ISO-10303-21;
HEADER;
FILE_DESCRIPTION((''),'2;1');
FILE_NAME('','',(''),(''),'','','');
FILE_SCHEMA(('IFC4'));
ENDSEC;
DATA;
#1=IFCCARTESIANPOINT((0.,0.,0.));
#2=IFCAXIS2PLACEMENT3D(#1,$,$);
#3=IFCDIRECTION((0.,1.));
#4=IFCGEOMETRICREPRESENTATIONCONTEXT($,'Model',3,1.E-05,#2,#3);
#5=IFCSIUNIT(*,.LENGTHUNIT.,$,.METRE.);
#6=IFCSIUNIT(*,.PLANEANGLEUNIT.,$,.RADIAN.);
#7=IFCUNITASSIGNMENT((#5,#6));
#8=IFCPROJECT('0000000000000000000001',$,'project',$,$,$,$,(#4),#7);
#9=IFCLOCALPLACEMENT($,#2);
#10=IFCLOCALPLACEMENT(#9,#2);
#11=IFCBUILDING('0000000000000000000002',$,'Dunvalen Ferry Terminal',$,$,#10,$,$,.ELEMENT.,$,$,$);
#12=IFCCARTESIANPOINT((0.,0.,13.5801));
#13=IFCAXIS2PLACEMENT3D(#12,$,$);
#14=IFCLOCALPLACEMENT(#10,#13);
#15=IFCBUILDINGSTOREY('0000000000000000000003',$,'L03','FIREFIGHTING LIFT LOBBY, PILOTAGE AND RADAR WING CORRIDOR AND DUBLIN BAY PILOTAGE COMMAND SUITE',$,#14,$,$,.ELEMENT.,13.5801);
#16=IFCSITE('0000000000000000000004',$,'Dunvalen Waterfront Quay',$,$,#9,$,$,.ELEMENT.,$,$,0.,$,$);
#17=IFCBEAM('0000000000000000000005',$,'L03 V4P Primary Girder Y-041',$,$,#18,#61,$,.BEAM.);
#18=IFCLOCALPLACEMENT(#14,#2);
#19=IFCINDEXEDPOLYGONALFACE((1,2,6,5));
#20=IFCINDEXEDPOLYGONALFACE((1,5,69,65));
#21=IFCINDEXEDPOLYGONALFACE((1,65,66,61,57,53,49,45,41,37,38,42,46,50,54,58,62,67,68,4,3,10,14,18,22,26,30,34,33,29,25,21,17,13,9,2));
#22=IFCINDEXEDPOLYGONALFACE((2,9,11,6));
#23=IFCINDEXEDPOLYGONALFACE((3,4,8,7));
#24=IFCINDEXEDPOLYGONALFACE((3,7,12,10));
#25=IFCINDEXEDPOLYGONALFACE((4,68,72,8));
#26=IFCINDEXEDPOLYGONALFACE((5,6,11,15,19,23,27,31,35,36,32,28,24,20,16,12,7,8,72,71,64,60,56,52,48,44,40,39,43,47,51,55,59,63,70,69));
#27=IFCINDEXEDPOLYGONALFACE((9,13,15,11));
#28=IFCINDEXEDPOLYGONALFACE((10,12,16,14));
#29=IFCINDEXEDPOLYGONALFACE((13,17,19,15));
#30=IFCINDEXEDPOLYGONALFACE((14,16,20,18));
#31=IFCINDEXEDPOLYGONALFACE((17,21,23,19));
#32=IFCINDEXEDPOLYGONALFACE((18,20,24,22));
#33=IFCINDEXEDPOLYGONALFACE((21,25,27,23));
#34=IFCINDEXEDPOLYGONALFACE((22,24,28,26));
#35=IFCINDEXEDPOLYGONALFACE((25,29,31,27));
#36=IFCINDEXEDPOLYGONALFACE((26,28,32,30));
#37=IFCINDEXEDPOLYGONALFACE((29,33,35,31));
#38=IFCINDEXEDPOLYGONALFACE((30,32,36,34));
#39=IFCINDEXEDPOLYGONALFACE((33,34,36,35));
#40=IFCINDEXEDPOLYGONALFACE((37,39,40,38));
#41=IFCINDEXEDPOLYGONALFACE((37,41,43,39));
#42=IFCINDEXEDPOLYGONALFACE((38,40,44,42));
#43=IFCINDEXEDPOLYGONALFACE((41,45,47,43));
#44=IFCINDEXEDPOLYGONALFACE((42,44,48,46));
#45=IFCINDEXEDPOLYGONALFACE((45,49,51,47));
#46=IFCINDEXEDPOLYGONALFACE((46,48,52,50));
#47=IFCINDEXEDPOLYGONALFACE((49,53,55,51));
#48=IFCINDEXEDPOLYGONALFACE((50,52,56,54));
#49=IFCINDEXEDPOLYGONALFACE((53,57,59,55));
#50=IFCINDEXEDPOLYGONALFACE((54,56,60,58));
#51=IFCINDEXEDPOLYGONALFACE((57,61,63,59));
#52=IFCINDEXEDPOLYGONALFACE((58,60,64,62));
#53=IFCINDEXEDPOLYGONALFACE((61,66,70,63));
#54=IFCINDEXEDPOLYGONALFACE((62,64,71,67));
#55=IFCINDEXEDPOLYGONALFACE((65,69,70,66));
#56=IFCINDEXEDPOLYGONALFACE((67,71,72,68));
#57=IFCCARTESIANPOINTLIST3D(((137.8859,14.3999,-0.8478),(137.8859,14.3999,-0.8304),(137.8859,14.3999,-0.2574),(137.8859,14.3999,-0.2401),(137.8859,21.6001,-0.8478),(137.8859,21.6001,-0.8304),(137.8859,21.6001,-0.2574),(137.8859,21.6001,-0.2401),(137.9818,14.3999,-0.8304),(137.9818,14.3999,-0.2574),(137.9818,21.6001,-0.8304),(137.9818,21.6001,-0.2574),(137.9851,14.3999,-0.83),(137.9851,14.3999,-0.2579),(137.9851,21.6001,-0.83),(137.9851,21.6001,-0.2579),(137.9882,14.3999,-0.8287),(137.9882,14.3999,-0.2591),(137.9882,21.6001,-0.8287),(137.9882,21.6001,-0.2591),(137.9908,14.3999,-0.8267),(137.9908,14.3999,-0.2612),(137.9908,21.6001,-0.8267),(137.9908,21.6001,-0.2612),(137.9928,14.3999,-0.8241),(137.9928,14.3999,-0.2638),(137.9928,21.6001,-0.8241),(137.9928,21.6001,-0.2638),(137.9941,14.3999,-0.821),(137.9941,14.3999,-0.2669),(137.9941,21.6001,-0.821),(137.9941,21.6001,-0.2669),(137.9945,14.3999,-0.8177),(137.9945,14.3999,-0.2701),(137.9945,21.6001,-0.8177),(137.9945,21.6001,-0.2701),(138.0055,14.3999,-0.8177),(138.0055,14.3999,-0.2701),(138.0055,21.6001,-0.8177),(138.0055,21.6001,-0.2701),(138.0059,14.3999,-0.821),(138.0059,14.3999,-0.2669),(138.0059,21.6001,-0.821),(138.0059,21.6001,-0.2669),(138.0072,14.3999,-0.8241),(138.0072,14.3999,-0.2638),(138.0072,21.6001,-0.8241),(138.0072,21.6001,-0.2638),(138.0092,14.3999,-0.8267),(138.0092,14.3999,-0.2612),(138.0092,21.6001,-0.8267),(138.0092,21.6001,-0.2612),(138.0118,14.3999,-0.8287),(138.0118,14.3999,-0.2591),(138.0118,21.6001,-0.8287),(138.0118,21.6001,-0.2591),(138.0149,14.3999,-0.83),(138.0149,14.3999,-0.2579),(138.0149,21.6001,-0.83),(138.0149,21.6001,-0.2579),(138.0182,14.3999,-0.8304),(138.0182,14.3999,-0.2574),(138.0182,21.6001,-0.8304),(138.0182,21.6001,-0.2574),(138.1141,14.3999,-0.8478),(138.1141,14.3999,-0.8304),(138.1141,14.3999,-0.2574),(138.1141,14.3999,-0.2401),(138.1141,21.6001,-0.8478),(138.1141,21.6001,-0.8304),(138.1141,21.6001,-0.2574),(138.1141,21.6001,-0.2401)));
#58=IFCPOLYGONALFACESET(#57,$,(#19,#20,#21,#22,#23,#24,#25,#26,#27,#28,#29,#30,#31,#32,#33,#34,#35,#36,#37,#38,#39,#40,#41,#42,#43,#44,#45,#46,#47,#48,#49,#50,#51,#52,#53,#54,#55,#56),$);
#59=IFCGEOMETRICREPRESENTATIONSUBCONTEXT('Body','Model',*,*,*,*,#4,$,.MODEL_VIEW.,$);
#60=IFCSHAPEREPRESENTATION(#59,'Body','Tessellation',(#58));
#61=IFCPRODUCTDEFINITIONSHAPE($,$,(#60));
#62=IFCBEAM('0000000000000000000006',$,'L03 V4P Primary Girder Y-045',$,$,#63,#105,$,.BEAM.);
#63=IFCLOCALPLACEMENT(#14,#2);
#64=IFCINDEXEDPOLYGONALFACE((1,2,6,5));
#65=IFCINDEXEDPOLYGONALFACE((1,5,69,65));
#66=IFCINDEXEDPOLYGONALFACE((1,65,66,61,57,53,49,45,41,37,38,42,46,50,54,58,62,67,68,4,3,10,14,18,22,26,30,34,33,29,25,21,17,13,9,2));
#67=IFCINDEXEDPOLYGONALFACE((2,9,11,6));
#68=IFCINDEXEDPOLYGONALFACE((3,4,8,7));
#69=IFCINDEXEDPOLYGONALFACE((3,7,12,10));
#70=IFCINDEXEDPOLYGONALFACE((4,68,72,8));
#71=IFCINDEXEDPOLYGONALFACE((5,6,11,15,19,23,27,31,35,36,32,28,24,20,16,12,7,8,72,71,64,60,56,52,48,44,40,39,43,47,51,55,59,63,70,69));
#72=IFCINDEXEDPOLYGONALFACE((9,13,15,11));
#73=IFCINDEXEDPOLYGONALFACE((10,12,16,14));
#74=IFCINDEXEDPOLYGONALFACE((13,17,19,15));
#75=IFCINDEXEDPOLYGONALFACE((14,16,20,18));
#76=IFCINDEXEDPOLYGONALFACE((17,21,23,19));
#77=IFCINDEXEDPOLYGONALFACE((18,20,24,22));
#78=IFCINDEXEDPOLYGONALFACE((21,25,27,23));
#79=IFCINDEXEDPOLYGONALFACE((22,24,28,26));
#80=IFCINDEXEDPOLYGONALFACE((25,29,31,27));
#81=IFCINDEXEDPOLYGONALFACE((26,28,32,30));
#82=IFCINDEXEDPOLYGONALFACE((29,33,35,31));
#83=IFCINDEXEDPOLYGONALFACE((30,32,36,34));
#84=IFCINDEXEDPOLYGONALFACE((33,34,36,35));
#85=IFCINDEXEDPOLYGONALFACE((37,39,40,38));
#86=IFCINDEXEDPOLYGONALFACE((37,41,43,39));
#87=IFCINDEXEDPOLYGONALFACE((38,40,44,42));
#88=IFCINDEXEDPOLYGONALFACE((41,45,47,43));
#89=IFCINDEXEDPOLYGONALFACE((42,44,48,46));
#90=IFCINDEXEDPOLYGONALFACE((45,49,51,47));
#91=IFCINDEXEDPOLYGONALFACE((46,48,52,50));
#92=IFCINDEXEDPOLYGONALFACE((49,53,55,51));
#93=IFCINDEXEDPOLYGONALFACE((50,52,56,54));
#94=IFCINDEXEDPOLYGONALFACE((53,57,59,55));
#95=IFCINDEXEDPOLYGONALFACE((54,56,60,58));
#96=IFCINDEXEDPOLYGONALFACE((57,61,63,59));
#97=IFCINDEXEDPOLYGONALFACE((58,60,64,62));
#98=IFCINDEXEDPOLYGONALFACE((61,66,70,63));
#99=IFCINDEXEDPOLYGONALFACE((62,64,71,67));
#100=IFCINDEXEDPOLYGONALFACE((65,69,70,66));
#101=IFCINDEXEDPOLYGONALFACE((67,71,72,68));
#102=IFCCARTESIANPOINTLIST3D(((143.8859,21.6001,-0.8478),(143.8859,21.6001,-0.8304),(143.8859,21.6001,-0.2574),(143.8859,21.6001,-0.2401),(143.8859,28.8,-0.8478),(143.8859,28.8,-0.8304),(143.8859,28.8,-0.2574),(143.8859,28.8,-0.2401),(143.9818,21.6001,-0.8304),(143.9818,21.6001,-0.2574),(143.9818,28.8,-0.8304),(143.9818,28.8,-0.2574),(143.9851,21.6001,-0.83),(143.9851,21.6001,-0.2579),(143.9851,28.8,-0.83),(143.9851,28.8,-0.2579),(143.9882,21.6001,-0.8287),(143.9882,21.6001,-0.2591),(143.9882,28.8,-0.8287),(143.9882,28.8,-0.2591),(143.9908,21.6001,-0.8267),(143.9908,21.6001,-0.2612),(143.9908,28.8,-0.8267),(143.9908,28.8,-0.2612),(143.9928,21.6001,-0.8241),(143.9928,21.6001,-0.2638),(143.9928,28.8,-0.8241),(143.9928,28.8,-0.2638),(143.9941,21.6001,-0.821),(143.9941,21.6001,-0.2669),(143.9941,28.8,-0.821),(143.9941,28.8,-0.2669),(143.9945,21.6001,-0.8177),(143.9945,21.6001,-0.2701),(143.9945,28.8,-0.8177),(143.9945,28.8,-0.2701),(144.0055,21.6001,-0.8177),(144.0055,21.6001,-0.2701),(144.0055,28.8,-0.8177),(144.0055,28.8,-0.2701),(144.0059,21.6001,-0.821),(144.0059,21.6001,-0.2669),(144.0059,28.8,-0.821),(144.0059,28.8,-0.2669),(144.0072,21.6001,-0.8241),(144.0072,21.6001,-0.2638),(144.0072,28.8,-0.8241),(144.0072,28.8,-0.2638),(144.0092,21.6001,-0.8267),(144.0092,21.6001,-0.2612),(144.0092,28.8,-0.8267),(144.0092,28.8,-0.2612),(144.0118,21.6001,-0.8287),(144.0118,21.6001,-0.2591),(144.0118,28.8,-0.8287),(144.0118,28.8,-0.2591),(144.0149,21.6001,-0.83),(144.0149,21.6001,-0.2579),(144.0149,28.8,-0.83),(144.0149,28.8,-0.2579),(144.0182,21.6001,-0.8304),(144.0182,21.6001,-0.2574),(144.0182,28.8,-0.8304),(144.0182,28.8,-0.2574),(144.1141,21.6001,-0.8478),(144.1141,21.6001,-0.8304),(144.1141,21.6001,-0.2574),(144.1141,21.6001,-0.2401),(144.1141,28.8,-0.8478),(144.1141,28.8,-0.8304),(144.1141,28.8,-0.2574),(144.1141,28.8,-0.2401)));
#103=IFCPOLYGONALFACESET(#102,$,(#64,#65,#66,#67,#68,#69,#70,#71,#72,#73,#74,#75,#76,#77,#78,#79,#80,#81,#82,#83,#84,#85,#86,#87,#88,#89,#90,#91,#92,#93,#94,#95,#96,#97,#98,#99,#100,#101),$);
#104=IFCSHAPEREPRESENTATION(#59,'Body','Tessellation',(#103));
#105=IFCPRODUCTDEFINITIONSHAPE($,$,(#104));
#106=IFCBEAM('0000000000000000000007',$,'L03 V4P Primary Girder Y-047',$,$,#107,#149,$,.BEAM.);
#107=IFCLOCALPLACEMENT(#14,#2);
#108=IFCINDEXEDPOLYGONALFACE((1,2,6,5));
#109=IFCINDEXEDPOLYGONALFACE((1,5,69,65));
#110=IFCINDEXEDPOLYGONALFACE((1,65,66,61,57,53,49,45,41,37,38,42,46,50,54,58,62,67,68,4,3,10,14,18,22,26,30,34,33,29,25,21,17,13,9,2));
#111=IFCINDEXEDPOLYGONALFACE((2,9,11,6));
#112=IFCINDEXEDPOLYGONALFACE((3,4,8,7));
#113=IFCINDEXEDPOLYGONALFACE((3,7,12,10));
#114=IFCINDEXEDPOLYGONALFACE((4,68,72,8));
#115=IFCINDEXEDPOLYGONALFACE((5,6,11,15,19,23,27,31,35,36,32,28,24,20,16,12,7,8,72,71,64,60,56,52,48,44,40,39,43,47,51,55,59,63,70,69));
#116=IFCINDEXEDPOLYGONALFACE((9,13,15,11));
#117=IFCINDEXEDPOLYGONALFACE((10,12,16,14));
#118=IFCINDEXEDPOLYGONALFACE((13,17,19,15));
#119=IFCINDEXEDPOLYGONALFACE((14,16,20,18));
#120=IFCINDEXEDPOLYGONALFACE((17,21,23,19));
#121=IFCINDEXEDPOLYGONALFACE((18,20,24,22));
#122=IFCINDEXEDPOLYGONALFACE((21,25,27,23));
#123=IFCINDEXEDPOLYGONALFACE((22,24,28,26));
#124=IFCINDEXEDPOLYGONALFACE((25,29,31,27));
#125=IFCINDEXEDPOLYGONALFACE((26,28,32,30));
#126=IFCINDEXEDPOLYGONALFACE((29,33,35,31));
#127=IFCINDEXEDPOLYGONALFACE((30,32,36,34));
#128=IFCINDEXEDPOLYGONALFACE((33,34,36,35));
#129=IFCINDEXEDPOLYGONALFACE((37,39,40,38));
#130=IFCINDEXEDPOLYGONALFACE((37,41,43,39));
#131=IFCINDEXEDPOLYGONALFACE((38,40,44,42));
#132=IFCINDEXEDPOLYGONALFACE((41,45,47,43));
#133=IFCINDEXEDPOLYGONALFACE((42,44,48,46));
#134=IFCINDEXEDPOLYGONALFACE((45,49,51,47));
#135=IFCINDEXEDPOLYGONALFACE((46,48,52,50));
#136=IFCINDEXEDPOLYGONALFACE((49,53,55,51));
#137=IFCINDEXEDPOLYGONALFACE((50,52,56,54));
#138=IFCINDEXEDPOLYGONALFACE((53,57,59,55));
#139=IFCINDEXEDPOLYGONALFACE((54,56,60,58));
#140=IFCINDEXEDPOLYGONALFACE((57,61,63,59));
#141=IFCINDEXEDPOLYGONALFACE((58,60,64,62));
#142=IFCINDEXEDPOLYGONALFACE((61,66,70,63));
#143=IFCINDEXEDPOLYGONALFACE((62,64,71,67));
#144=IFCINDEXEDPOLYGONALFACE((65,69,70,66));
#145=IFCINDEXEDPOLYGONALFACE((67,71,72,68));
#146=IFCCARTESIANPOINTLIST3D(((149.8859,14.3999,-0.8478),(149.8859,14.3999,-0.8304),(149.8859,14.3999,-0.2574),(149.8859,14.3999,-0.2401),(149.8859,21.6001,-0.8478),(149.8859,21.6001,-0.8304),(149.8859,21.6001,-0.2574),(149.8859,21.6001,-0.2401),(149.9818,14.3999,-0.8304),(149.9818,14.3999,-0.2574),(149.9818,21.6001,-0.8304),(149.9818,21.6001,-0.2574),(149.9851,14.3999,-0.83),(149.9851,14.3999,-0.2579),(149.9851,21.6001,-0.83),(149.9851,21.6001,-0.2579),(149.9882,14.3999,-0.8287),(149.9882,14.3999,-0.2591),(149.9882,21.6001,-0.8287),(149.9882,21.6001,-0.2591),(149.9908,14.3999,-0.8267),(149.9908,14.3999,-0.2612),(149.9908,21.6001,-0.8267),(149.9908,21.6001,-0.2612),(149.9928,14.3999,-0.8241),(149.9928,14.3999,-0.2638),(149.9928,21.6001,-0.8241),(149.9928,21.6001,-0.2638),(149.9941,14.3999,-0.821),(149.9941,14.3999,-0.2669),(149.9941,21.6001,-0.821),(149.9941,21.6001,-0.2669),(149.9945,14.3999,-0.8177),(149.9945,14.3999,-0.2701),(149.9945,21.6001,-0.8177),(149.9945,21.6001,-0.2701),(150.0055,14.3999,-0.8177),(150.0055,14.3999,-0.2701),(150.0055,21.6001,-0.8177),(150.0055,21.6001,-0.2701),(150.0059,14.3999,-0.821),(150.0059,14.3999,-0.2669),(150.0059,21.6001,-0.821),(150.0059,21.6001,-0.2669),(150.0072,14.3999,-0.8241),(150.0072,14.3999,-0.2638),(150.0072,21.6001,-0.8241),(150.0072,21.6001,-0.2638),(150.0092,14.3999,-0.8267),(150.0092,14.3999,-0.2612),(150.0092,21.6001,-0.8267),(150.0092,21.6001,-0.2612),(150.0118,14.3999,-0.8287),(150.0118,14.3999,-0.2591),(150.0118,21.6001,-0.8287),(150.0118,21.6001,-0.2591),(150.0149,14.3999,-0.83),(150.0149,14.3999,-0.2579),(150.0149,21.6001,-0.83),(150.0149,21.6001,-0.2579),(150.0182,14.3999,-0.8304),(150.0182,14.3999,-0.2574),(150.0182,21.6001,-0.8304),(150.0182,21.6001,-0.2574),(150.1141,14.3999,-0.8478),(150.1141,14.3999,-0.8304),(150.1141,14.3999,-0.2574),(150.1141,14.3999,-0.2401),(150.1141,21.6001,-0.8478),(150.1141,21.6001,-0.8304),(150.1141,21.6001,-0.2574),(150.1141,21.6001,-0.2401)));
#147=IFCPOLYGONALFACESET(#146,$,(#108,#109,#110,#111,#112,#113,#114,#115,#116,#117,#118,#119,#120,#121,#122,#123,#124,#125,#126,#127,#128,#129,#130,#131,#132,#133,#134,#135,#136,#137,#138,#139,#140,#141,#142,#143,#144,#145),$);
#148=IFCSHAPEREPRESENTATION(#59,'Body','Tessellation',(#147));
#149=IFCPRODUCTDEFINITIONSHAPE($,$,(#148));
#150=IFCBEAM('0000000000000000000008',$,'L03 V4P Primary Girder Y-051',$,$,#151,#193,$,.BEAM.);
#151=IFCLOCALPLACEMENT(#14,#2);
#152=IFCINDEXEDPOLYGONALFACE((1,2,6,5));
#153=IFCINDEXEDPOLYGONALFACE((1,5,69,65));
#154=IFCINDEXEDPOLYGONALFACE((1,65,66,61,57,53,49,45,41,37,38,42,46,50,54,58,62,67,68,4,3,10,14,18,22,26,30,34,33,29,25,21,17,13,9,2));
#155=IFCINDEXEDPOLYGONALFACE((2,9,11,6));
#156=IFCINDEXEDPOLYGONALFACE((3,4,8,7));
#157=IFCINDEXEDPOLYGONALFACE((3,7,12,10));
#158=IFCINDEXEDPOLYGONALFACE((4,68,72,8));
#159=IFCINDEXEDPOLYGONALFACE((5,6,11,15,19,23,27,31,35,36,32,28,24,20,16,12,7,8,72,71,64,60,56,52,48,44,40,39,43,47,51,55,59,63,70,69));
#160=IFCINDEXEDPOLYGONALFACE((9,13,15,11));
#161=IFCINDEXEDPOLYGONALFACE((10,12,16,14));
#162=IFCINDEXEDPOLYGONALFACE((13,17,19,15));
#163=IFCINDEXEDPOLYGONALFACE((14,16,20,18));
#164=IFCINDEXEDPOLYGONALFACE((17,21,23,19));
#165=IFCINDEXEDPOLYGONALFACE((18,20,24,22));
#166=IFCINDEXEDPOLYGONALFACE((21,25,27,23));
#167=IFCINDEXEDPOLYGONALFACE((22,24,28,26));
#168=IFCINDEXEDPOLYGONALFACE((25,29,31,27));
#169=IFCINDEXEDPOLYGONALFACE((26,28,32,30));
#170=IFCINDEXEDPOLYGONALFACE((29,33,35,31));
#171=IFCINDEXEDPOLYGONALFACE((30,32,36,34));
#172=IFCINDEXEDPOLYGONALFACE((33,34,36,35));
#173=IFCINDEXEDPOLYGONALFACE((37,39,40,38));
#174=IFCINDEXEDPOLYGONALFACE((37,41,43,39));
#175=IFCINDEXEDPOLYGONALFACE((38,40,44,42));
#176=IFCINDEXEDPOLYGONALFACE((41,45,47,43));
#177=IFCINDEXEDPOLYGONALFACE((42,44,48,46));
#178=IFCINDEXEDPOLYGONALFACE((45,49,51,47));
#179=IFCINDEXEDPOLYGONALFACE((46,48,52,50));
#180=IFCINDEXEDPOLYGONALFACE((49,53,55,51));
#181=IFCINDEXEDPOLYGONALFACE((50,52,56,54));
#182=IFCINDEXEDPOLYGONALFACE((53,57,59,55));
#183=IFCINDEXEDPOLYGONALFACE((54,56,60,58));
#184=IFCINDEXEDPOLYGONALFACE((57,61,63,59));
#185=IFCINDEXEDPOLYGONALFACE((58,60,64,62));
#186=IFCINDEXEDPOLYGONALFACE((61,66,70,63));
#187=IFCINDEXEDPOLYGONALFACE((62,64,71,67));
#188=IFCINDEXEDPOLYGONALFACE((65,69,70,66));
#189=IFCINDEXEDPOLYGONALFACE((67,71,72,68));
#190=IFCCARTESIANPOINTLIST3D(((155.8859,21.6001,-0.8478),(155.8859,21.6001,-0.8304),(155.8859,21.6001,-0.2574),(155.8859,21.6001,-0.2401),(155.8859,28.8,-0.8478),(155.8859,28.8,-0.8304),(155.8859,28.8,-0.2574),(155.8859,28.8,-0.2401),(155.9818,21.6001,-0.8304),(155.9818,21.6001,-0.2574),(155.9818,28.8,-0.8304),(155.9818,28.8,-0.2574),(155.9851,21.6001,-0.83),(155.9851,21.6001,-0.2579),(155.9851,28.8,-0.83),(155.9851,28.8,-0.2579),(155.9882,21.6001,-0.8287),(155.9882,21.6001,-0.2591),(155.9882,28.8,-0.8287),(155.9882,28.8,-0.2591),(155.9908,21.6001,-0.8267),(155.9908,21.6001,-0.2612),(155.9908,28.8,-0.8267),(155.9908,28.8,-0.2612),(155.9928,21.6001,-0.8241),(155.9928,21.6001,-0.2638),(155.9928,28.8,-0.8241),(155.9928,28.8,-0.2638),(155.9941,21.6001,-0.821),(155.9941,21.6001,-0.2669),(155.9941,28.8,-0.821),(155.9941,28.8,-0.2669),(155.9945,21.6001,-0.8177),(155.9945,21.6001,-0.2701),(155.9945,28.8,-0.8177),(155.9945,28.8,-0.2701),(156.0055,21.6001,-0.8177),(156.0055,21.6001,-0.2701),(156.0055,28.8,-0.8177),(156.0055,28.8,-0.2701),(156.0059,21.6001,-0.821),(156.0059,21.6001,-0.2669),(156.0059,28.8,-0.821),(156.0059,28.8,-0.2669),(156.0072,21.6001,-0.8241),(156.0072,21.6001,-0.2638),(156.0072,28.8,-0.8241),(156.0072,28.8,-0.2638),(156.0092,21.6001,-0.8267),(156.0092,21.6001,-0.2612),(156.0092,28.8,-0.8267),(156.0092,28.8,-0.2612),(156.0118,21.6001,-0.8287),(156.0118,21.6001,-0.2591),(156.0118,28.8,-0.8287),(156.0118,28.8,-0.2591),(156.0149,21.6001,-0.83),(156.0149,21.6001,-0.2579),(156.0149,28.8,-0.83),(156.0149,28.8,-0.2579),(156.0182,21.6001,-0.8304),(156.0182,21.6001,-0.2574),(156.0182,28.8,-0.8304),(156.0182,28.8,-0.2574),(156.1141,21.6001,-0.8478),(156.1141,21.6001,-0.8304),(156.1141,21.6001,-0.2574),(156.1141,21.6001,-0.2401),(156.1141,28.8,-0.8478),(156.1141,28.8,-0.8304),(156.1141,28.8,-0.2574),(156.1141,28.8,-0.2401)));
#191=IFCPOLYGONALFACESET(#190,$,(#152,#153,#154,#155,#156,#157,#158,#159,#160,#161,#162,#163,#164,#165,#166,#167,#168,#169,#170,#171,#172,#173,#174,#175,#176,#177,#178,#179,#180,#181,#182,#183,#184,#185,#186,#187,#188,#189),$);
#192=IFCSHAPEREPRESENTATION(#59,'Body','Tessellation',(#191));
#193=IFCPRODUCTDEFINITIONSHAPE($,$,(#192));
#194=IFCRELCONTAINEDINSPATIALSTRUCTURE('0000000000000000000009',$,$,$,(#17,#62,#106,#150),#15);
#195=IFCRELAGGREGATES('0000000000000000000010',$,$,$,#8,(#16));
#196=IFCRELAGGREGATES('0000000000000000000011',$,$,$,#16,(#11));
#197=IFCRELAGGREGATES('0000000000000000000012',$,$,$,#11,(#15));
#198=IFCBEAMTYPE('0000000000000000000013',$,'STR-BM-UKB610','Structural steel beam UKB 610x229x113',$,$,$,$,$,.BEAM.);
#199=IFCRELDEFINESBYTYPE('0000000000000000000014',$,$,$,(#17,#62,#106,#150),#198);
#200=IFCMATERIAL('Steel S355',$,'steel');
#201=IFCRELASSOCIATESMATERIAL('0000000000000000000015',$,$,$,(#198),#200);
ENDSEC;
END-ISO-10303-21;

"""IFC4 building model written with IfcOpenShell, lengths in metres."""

from ifc_helpers import new_model, si_unit, direction, frame, origin, origin_2d, place, context, subcontext, project, spatial, i_section, extrude, material, material_profile, profile_set, type_object, element, save


model = new_model("IFC4")

# Units and contexts
model_context = context("Model", 3, precision=1e-05, world=origin(), true_north=direction((0.0, 1.0)))
body_context = subcontext(model_context, "Body", "Model", "MODEL_VIEW")
ifc_project = project(units=[si_unit("LENGTHUNIT", "METRE"), si_unit("PLANEANGLEUNIT", "RADIAN")], contexts=[model_context])

# Site, building, storey
site_placement = place(None, origin())
site = spatial("IfcSite", under=ifc_project, at=site_placement, Name="Dunvalen Waterfront Quay", CompositionType="ELEMENT", RefElevation=0.0)
building_placement = place(site_placement, origin())
building = spatial("IfcBuilding", under=site, at=building_placement, Name="Dunvalen Ferry Terminal", CompositionType="ELEMENT")
storey_placement = place(building_placement, frame((0.0, 0.0, 13.5801)))
storey = spatial("IfcBuildingStorey", under=building, at=storey_placement, Name="L03", Description="FIREFIGHTING LIFT LOBBY, PILOTAGE AND RADAR WING CORRIDOR AND DUBLIN BAY PILOTAGE COMMAND SUITE", CompositionType="ELEMENT", Elevation=13.5801)

# Beams
ifc_material_1 = material(Name="Steel S355", Category="steel")
ifc_material_profile_1 = material_profile(ifc_material_1, i_section(OverallWidth=0.2283, OverallDepth=0.6077, WebThickness=0.011, FlangeThickness=0.0173, FilletRadius=0.0127, at=origin_2d()), Name="Steel S355")
ifc_profile_set_1 = profile_set([ifc_material_profile_1], Name="Steel S355")
beam_type_1 = type_object("IfcBeamType", Name="STR-BM-UKB610", Description="Structural steel beam UKB 610x229x113", PredefinedType="BEAM", material=ifc_profile_set_1)
beam_1_placement = place(storey_placement, frame((138.0, 14.3999, -0.5439), z_axis=(0.0, 1.0, 0.0), x_axis=(-1.0, 0.0, 0.0)))
element("IfcBeam", 1, at=beam_1_placement, inside=storey, type_object=beam_type_1, Name="L03 V4P Primary Girder Y-041", PredefinedType="BEAM", context=body_context, shape_type="SweptSolid", body=[
    extrude(i_section(OverallWidth=0.2283, OverallDepth=0.6077, WebThickness=0.011, FlangeThickness=0.0173, FilletRadius=0.0127, at=origin_2d()), origin(), (0.0, 0.0, 1.0), 7.2002),
])
beam_2_placement = place(storey_placement, frame((144.0, 21.6001, -0.5439), z_axis=(0.0, 1.0, 0.0), x_axis=(-1.0, 0.0, 0.0)))
element("IfcBeam", 2, at=beam_2_placement, inside=storey, type_object=beam_type_1, Name="L03 V4P Primary Girder Y-045", PredefinedType="BEAM", context=body_context, shape_type="SweptSolid", body=[
    extrude(i_section(OverallWidth=0.2283, OverallDepth=0.6077, WebThickness=0.011, FlangeThickness=0.0173, FilletRadius=0.0127, at=origin_2d()), origin(), (0.0, 0.0, 1.0), 7.2),
])
beam_3_placement = place(storey_placement, frame((150.0, 14.3999, -0.5439), z_axis=(0.0, 1.0, 0.0), x_axis=(-1.0, 0.0, 0.0)))
element("IfcBeam", 3, at=beam_3_placement, inside=storey, type_object=beam_type_1, Name="L03 V4P Primary Girder Y-047", PredefinedType="BEAM", context=body_context, shape_type="SweptSolid", body=[
    extrude(i_section(OverallWidth=0.2283, OverallDepth=0.6077, WebThickness=0.011, FlangeThickness=0.0173, FilletRadius=0.0127, at=origin_2d()), origin(), (0.0, 0.0, 1.0), 7.2002),
])
beam_4_placement = place(storey_placement, frame((156.0, 21.6001, -0.5439), z_axis=(0.0, 1.0, 0.0), x_axis=(-1.0, 0.0, 0.0)))
element("IfcBeam", 4, at=beam_4_placement, inside=storey, type_object=beam_type_1, Name="L03 V4P Primary Girder Y-051", PredefinedType="BEAM", context=body_context, shape_type="SweptSolid", body=[
    extrude(i_section(OverallWidth=0.2283, OverallDepth=0.6077, WebThickness=0.011, FlangeThickness=0.0173, FilletRadius=0.0127, at=origin_2d()), origin(), (0.0, 0.0, 1.0), 7.2),
])

save(model, "model.ifc")
